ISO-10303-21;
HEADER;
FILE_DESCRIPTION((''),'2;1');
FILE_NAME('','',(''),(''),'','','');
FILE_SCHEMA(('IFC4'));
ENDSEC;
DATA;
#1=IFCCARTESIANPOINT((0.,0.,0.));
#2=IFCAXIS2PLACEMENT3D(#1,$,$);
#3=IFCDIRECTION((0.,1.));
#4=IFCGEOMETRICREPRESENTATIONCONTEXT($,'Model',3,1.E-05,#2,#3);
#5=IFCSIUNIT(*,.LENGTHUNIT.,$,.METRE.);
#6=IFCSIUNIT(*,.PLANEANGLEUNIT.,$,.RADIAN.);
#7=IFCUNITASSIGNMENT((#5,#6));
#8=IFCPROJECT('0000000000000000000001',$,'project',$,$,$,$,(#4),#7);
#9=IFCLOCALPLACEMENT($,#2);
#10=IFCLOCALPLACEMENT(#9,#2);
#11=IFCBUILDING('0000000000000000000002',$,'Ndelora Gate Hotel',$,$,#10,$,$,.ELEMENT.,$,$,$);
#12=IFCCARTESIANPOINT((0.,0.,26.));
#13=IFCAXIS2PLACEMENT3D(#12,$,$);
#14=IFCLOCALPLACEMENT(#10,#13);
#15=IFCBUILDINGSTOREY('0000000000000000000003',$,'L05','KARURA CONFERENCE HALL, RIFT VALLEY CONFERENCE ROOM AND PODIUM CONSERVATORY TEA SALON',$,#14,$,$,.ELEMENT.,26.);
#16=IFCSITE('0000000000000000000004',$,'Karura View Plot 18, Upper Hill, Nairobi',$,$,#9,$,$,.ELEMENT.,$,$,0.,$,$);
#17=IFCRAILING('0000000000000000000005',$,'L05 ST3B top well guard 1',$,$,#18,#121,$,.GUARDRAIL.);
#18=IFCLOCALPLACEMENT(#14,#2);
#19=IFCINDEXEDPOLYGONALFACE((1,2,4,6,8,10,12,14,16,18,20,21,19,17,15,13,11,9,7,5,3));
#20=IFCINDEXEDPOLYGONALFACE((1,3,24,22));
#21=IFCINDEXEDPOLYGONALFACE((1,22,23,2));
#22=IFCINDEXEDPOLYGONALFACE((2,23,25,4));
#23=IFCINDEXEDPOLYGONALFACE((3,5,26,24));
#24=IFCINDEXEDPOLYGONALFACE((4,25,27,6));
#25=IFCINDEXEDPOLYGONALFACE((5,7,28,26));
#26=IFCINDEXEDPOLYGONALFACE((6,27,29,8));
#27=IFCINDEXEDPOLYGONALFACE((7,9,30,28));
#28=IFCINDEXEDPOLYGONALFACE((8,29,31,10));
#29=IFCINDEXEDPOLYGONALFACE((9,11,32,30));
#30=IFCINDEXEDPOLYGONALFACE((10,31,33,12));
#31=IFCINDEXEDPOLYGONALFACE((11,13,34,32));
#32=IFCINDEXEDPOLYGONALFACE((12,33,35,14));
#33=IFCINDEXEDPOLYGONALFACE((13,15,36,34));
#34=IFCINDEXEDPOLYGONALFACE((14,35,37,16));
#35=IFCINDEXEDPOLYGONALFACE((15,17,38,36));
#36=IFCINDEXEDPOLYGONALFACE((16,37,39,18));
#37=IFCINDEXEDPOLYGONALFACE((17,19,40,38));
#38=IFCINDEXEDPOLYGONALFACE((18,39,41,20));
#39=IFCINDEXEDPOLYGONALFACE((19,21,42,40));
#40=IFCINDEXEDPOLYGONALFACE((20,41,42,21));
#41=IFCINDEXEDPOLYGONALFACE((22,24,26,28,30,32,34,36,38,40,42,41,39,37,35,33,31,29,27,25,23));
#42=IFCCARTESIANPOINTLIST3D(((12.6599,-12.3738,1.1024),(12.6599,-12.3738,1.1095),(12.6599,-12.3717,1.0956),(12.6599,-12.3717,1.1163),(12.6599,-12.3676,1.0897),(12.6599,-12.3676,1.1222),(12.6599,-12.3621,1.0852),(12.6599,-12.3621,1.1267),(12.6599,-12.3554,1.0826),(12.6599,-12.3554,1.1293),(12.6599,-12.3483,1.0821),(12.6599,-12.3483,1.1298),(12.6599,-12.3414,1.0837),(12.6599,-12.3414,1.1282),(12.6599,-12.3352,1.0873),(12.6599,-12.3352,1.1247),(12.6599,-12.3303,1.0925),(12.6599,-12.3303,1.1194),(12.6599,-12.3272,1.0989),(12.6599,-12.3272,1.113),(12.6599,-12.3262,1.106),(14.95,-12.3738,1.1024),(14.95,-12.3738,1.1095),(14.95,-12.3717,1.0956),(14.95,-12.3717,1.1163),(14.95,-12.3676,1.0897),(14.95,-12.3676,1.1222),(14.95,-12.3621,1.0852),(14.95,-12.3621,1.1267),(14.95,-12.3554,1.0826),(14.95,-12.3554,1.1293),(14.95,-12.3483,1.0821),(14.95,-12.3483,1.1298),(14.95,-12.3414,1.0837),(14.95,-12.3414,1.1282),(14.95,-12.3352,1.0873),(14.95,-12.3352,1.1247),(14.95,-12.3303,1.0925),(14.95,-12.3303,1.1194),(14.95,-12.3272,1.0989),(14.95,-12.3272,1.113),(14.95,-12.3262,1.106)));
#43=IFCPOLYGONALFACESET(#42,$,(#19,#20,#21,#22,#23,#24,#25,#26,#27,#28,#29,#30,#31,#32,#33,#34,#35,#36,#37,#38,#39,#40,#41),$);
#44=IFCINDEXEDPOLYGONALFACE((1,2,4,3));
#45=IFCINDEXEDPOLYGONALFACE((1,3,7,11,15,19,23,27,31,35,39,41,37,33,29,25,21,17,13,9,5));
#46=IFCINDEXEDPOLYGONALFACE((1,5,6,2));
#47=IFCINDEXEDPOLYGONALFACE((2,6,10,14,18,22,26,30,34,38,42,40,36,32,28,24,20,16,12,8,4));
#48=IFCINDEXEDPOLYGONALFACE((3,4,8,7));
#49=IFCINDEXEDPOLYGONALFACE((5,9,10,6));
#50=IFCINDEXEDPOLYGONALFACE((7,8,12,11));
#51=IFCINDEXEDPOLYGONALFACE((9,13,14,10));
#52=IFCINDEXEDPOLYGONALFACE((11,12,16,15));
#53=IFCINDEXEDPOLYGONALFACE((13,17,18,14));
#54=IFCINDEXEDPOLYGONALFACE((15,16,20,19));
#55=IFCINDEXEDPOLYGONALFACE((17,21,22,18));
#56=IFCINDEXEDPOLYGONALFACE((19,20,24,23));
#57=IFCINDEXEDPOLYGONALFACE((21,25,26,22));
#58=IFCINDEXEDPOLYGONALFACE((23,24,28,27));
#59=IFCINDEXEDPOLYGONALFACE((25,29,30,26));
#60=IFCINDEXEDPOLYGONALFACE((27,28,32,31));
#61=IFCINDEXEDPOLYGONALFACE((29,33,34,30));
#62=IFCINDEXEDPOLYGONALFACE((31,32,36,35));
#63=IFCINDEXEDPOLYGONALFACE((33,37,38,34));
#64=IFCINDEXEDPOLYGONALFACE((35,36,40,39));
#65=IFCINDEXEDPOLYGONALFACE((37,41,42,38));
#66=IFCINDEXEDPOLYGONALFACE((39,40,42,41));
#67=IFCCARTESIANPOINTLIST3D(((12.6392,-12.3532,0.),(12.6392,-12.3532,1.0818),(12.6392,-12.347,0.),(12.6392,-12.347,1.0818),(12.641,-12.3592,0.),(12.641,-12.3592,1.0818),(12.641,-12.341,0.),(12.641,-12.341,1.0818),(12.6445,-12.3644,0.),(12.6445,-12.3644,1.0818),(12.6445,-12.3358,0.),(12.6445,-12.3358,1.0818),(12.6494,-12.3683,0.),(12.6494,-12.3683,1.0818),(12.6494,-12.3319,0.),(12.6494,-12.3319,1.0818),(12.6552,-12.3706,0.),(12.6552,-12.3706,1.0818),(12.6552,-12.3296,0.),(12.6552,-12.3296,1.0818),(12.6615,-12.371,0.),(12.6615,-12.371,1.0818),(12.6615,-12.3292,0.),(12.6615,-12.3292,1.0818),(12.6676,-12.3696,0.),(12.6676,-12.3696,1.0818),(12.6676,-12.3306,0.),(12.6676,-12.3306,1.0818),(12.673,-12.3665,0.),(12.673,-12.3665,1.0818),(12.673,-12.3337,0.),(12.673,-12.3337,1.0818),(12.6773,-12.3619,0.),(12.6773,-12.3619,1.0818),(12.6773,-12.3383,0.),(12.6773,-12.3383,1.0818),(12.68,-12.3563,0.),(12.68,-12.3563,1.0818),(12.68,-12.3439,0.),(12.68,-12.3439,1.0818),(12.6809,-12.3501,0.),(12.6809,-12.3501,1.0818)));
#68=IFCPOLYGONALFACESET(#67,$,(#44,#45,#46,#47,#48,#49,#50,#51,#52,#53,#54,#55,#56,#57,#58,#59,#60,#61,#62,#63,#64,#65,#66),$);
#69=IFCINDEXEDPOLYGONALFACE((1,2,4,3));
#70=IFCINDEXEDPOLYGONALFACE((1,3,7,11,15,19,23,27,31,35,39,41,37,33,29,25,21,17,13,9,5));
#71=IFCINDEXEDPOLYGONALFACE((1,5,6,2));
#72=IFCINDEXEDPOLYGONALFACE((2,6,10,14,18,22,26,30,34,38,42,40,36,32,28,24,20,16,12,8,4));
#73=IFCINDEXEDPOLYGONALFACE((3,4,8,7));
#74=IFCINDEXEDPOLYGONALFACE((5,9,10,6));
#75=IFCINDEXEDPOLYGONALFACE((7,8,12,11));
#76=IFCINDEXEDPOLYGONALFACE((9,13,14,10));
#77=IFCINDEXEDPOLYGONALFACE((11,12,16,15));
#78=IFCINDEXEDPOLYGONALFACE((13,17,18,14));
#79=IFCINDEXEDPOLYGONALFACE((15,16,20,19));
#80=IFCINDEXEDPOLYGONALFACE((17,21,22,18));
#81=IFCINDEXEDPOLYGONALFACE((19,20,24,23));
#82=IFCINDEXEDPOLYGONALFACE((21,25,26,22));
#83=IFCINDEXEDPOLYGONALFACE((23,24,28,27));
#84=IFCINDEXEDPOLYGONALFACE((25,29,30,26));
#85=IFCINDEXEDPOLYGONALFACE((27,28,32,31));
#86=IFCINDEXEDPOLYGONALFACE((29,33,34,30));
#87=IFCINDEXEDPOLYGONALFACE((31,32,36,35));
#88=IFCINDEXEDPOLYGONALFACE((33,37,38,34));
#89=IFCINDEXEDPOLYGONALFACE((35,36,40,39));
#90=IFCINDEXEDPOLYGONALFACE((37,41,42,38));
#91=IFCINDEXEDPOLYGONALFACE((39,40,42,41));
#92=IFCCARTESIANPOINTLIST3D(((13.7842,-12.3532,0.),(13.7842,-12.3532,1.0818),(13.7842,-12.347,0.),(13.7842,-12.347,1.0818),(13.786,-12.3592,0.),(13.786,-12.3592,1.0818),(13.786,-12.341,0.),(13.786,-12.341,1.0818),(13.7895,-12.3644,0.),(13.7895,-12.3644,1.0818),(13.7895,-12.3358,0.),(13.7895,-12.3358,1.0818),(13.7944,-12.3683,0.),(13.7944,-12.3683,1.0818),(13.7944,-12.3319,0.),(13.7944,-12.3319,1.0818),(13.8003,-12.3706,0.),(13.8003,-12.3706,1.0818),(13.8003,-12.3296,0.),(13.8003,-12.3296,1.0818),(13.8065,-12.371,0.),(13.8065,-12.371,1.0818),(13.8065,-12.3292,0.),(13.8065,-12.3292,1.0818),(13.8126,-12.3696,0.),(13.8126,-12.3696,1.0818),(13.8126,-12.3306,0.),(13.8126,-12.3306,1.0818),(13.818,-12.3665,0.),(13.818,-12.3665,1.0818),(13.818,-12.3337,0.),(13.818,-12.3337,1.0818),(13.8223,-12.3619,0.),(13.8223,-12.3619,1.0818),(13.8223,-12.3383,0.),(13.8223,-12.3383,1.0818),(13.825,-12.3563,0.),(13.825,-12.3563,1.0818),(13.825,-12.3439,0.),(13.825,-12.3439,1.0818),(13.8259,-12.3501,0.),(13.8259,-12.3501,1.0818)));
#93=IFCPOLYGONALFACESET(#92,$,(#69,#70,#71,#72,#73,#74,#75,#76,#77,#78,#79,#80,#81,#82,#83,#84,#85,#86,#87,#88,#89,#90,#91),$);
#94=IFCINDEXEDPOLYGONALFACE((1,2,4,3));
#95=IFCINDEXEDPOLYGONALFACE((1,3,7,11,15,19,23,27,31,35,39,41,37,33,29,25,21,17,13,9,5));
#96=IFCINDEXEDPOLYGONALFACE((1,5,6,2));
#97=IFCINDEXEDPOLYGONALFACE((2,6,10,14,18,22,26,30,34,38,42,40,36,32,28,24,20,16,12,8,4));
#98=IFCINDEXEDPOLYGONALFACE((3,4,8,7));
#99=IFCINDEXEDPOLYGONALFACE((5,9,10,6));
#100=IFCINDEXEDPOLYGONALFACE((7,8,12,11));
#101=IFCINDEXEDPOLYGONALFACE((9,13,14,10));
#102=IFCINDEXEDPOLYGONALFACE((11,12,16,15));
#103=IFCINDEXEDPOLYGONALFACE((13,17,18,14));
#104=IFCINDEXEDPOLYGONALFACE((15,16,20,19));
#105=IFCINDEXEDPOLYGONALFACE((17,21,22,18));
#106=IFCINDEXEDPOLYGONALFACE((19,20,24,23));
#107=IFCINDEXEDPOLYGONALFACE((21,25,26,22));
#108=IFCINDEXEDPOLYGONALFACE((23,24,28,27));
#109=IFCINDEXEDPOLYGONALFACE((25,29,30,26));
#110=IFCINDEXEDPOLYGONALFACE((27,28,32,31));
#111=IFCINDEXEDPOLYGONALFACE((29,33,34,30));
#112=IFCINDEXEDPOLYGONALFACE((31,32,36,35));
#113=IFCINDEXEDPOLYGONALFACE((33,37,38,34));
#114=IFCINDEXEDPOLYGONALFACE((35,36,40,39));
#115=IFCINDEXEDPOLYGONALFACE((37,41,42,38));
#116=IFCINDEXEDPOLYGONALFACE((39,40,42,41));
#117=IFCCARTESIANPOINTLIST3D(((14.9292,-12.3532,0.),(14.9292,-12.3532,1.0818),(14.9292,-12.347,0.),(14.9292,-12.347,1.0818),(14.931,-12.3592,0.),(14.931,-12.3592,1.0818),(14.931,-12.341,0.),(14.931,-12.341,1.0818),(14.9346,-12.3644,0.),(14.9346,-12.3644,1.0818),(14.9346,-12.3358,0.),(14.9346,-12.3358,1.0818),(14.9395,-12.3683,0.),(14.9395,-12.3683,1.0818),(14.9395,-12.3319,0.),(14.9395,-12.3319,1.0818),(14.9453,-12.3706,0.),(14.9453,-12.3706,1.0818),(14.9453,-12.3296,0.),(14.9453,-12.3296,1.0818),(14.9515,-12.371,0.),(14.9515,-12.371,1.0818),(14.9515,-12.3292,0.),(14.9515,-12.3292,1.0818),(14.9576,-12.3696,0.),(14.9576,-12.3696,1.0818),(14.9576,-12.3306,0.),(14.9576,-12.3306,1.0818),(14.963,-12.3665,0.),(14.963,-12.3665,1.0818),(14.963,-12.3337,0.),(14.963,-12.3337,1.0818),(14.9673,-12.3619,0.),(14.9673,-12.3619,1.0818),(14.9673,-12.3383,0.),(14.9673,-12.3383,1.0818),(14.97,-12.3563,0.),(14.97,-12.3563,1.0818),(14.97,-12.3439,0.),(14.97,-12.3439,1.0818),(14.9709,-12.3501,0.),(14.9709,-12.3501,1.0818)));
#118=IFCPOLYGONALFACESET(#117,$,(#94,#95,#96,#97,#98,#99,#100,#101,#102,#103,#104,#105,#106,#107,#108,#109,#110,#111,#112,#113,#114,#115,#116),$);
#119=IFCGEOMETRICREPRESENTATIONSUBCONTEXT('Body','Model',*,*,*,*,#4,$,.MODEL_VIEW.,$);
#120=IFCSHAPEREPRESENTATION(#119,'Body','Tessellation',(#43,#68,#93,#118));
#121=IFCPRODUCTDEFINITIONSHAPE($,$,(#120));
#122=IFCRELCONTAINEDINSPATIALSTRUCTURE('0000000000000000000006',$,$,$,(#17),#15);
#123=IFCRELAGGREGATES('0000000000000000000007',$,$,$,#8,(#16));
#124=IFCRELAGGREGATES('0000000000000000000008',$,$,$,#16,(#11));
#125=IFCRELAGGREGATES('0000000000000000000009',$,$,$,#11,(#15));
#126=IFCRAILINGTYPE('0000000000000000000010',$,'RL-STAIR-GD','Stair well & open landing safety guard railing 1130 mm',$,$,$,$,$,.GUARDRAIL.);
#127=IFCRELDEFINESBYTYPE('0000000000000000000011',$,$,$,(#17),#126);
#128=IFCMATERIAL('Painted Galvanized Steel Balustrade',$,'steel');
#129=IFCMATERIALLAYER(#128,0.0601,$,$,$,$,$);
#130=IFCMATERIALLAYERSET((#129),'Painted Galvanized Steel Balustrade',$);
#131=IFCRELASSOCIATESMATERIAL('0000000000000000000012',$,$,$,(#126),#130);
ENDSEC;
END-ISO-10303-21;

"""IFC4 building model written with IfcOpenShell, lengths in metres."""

from ifc_helpers import new_model, si_unit, direction, frame, origin, origin_2d, place, context, subcontext, project, spatial, circle, extrude, material, layer, layer_set, type_object, element, save


model = new_model("IFC4")

# Units and contexts
model_context = context("Model", 3, precision=1e-05, world=origin(), true_north=direction((0.0, 1.0)))
body_context = subcontext(model_context, "Body", "Model", "MODEL_VIEW")
ifc_project = project(units=[si_unit("LENGTHUNIT", "METRE"), si_unit("PLANEANGLEUNIT", "RADIAN")], contexts=[model_context])

# Site, building, storey
site_placement = place(None, origin())
site = spatial("IfcSite", under=ifc_project, at=site_placement, Name="Karura View Plot 18, Upper Hill, Nairobi", CompositionType="ELEMENT", RefElevation=0.0)
building_placement = place(site_placement, origin())
building = spatial("IfcBuilding", under=site, at=building_placement, Name="Ndelora Gate Hotel", CompositionType="ELEMENT")
storey_placement = place(building_placement, frame((0.0, 0.0, 26.0)))
storey = spatial("IfcBuildingStorey", under=building, at=storey_placement, Name="L05", Description="KARURA CONFERENCE HALL, RIFT VALLEY CONFERENCE ROOM AND PODIUM CONSERVATORY TEA SALON", CompositionType="ELEMENT", Elevation=26.0)

# Railing
ifc_material_1 = material(Name="Painted Galvanized Steel Balustrade", Category="steel")
ifc_layer_1 = layer(ifc_material_1, 0.0601)
ifc_layer_set_1 = layer_set([ifc_layer_1], Name="Painted Galvanized Steel Balustrade")
railing_type = type_object("IfcRailingType", Name="RL-STAIR-GD", Description="Stair well & open landing safety guard railing 1130 mm", PredefinedType="GUARDRAIL", material=ifc_layer_set_1)
railing_1_placement = place(storey_placement, frame((12.6599, -12.3501, 0.0)))
element("IfcRailing", 1, at=railing_1_placement, inside=storey, type_object=railing_type, Name="L05 ST3B top well guard 1", PredefinedType="GUARDRAIL", context=body_context, shape_type="SweptSolid", body=[
    extrude(circle(Radius=0.0239, at=origin_2d()), frame((0.0, 0.0, 1.106), z_axis=(1.0, 0.0, 0.0), x_axis=(0.0, 1.0, 0.0)), (0.0, 0.0, 1.0), 2.29),
    extrude(circle(Radius=0.021, at=origin_2d()), origin(), (0.0, 0.0, 1.0), 1.0818),
    extrude(circle(Radius=0.021, at=origin_2d()), frame((1.145, 0.0, 0.0)), (0.0, 0.0, 1.0), 1.0818),
    extrude(circle(Radius=0.021, at=origin_2d()), frame((2.29, 0.0, 0.0)), (0.0, 0.0, 1.0), 1.0818),
])

save(model, "model.ifc")
